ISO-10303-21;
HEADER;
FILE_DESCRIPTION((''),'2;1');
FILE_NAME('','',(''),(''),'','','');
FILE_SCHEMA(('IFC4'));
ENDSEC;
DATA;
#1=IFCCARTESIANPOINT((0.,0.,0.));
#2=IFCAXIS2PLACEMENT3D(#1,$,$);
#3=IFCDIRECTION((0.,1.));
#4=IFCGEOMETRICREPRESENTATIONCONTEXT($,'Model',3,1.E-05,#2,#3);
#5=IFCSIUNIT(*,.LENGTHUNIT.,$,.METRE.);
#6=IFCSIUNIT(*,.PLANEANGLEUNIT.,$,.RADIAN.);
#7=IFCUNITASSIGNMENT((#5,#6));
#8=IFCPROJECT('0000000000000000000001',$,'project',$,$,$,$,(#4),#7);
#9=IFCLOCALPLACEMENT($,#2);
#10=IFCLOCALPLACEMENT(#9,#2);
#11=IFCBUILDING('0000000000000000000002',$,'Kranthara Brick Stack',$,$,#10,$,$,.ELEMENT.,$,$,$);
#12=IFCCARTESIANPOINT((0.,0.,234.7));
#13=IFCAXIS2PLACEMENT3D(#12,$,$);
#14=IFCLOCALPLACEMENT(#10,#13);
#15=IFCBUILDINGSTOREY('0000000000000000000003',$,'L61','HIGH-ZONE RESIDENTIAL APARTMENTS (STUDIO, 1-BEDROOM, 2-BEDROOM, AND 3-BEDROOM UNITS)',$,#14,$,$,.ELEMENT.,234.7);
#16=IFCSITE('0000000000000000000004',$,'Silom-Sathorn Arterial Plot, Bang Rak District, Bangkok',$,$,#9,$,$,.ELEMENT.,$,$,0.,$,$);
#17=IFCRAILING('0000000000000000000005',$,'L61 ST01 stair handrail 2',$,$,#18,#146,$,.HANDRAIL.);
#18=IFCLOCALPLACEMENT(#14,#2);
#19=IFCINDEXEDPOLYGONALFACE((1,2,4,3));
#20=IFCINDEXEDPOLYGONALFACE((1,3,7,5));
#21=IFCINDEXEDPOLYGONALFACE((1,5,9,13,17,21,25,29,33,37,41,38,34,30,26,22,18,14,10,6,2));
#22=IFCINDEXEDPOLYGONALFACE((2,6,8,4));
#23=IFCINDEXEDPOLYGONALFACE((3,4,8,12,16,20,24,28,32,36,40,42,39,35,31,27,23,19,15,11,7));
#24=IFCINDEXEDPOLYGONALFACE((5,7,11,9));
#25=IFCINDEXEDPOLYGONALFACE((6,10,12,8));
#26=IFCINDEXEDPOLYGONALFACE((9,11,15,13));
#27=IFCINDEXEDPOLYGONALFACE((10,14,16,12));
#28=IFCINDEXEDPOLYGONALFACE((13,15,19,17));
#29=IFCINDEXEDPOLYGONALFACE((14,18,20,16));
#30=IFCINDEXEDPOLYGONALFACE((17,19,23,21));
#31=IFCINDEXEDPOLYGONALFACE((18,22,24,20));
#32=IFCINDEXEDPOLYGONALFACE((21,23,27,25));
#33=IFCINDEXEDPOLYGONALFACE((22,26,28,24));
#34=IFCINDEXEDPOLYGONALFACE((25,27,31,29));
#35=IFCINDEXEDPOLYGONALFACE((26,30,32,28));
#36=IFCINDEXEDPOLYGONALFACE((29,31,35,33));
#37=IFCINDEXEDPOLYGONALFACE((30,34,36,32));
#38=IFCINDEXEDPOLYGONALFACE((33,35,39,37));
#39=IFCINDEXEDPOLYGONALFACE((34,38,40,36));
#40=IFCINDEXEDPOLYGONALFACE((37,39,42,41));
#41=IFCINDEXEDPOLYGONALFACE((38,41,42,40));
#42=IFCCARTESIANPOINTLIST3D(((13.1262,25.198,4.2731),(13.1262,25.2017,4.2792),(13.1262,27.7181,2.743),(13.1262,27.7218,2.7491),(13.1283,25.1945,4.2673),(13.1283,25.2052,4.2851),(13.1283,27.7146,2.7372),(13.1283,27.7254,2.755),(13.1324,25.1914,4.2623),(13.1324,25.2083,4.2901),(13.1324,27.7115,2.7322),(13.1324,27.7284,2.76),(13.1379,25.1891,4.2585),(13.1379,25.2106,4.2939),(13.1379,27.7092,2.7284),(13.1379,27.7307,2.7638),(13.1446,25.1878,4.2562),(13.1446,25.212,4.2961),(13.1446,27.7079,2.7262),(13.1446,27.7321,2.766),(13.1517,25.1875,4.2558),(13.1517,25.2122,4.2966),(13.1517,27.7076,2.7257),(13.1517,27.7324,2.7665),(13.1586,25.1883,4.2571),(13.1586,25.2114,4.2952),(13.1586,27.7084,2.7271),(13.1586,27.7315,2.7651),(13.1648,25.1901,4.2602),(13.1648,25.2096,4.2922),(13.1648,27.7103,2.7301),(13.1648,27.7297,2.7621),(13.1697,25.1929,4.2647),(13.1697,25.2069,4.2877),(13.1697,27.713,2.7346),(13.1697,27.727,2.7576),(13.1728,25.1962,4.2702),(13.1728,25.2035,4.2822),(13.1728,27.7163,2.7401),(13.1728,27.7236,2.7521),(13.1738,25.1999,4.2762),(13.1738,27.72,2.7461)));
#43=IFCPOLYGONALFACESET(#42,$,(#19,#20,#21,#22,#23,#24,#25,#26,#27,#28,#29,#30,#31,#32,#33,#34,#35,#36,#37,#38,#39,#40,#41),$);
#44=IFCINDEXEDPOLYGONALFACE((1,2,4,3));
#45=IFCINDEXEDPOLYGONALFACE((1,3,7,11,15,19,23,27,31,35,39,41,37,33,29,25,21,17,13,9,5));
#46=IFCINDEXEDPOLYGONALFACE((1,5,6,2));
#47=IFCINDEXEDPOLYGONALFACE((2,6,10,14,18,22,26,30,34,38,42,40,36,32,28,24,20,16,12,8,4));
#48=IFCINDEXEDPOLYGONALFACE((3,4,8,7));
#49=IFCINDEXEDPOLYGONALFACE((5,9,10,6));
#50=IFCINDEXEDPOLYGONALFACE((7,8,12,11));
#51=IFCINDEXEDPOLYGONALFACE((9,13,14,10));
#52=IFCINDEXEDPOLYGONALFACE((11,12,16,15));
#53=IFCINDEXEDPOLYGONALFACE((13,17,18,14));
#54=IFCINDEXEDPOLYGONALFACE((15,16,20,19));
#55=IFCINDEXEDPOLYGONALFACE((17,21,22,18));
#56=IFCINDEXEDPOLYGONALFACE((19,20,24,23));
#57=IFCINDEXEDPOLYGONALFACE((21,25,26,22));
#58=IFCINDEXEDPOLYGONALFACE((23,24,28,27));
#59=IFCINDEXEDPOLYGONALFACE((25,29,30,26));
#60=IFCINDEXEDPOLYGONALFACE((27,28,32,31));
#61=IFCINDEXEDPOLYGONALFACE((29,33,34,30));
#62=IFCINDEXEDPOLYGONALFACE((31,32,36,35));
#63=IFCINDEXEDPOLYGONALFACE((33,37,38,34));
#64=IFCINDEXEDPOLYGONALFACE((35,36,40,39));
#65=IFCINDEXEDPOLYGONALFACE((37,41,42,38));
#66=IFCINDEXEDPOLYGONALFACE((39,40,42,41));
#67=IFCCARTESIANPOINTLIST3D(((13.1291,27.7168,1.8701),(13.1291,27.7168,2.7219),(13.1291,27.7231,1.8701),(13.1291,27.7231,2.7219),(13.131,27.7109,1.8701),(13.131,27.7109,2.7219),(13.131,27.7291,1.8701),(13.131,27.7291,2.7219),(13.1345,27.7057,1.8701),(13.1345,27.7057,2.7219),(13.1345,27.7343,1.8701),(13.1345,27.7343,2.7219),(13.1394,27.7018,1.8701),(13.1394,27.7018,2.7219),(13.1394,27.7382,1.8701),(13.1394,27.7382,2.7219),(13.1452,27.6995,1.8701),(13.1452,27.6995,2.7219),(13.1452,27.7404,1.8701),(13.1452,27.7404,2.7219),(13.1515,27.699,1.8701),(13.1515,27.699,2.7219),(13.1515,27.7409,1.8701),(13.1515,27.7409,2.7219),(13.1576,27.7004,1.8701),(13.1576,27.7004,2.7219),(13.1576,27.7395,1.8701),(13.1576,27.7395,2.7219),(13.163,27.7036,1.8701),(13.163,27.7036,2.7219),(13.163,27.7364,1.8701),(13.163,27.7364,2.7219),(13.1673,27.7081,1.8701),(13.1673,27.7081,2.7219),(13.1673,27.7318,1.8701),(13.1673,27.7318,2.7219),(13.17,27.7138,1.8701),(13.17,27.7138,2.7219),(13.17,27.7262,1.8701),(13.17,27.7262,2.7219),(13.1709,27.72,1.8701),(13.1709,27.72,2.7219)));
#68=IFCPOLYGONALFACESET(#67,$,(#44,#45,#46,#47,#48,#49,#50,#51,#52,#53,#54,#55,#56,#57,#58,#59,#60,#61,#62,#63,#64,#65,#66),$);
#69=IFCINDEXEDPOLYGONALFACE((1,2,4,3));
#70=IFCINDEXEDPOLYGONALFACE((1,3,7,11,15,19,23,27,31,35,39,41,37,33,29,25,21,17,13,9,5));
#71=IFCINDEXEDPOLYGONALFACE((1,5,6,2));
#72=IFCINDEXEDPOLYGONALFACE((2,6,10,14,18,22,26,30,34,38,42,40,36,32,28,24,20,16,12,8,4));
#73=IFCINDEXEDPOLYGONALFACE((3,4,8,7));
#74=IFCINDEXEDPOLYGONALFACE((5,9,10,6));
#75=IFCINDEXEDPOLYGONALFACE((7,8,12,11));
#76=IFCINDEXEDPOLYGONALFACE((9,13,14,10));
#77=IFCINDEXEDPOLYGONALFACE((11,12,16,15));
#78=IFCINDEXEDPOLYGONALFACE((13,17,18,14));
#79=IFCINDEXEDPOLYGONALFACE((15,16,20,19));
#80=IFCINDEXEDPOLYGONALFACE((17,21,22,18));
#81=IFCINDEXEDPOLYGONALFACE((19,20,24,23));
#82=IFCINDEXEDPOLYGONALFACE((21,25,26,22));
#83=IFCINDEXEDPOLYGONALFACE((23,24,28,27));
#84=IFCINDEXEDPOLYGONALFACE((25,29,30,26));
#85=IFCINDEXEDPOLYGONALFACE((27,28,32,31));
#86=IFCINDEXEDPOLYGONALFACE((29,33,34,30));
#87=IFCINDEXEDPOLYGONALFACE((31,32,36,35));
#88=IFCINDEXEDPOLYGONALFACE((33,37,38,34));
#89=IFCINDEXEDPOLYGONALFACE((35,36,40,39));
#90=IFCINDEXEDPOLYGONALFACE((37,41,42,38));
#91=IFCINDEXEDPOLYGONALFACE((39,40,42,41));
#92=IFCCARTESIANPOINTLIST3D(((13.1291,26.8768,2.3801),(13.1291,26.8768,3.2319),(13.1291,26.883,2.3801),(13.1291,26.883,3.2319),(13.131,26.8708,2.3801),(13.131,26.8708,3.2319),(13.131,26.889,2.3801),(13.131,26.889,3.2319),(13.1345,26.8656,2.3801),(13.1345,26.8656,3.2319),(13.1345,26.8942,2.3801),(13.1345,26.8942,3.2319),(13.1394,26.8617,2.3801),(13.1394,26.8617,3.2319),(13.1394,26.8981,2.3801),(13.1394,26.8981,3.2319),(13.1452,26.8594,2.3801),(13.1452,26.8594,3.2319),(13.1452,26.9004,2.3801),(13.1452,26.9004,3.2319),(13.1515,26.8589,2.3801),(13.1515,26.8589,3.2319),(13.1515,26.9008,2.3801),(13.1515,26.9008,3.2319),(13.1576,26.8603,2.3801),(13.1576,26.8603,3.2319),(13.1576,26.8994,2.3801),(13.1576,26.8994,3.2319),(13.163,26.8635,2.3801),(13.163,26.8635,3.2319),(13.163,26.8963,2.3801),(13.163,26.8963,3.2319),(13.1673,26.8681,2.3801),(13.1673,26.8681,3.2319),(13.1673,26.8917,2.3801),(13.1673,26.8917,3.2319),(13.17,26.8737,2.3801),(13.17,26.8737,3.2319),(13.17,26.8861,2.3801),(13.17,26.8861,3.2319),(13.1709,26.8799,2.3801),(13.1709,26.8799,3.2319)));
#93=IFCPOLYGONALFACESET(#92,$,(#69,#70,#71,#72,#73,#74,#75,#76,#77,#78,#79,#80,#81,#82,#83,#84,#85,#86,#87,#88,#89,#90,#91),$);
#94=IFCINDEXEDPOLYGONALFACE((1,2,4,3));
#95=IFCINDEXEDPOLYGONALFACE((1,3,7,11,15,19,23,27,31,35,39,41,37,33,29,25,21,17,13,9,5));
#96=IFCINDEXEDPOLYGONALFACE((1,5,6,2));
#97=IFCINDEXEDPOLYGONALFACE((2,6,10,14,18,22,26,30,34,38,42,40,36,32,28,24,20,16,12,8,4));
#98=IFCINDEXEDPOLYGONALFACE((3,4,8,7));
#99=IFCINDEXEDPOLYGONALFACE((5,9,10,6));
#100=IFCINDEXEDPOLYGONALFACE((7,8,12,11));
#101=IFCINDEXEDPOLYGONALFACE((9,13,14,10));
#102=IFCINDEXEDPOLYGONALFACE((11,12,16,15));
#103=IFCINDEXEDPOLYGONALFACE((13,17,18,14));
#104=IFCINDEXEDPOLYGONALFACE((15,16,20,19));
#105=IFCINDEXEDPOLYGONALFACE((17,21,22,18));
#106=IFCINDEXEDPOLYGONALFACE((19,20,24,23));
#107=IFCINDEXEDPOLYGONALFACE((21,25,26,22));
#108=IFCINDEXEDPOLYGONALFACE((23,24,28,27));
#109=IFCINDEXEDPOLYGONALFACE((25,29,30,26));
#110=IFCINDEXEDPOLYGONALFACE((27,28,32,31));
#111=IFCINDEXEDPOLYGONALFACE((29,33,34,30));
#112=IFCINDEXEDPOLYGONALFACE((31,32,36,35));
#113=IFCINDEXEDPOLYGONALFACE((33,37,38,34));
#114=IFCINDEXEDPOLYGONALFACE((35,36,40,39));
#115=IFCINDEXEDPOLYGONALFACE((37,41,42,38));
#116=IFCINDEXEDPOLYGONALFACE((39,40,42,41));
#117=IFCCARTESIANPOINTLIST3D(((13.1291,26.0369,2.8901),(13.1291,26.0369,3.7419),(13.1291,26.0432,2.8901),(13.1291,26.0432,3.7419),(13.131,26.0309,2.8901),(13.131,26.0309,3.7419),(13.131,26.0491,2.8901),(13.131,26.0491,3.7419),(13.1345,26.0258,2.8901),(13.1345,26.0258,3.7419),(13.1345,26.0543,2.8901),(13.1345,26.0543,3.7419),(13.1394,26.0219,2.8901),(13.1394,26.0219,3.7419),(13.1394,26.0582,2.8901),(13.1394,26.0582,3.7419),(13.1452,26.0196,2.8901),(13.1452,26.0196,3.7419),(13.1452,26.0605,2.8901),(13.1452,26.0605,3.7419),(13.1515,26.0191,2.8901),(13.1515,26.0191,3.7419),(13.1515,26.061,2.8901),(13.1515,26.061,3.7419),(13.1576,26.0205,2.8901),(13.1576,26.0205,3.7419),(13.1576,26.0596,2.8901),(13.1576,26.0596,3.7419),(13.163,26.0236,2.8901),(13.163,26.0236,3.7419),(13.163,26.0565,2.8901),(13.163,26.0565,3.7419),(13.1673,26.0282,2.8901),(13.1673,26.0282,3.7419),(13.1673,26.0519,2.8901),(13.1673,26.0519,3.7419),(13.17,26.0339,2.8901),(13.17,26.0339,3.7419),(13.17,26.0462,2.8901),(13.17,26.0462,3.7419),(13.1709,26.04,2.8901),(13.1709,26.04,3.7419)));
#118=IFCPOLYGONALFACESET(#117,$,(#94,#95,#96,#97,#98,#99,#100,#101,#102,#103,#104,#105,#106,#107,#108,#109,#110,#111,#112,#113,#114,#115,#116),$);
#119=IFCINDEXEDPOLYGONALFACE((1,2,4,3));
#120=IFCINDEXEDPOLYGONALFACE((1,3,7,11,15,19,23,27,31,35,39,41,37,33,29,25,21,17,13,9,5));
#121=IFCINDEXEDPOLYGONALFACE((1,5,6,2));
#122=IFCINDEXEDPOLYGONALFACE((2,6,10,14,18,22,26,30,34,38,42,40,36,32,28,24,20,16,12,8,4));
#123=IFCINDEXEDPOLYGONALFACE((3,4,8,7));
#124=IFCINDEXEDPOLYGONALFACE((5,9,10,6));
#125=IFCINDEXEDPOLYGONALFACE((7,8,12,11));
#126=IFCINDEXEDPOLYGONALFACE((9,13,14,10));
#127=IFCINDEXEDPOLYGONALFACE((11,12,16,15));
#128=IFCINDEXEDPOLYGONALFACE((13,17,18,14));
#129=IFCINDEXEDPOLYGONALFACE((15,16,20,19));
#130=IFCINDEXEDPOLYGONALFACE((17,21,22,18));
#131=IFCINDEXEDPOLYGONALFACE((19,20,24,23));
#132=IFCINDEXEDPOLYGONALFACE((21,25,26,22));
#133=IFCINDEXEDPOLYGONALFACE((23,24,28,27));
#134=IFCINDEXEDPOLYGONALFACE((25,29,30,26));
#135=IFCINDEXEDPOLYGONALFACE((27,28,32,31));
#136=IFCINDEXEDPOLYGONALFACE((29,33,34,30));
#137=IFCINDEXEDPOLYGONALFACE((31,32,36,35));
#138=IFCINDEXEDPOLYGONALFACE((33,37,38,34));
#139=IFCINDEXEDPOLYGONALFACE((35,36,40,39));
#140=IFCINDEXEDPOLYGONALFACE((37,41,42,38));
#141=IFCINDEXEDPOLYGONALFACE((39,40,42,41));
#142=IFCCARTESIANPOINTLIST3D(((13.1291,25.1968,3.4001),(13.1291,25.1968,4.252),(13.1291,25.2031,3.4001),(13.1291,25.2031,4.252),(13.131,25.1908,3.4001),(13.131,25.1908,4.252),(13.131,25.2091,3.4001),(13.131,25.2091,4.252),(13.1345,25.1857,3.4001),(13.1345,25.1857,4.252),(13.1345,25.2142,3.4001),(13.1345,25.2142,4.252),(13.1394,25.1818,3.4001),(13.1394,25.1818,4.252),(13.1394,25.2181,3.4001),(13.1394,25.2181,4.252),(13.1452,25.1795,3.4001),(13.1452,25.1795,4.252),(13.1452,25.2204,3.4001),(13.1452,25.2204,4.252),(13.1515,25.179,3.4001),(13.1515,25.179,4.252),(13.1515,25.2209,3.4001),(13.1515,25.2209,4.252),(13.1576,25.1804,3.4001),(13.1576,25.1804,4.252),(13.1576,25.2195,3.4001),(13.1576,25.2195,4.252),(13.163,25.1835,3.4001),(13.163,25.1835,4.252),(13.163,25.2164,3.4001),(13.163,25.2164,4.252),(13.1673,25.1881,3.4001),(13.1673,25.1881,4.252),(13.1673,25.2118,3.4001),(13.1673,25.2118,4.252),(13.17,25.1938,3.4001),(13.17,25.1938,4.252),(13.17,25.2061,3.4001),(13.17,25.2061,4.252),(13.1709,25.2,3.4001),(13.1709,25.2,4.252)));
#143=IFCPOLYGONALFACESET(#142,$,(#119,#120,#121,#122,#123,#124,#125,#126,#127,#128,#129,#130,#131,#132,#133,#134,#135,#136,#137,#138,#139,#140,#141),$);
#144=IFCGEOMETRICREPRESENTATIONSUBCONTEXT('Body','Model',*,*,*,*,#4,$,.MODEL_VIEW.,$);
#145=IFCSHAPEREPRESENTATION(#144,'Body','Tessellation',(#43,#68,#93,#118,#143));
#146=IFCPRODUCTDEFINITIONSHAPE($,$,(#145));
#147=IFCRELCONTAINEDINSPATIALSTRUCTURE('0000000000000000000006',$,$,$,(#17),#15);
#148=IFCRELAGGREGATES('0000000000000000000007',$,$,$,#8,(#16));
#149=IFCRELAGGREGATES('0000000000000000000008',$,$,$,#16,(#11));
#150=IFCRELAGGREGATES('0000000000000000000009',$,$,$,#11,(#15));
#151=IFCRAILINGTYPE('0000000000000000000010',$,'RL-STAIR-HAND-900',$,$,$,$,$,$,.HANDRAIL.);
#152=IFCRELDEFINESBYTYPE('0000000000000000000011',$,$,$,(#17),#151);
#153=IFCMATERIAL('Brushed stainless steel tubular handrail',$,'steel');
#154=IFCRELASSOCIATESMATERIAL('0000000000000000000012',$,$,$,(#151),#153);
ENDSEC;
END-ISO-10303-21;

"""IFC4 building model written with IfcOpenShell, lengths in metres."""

from ifc_helpers import new_model, si_unit, direction, frame, origin, origin_2d, place, context, subcontext, project, spatial, circle, extrude, material, type_object, element, save


model = new_model("IFC4")

# Units and contexts
model_context = context("Model", 3, precision=1e-05, world=origin(), true_north=direction((0.0, 1.0)))
body_context = subcontext(model_context, "Body", "Model", "MODEL_VIEW")
ifc_project = project(units=[si_unit("LENGTHUNIT", "METRE"), si_unit("PLANEANGLEUNIT", "RADIAN")], contexts=[model_context])

# Site, building, storey
site_placement = place(None, origin())
site = spatial("IfcSite", under=ifc_project, at=site_placement, Name="Silom-Sathorn Arterial Plot, Bang Rak District, Bangkok", CompositionType="ELEMENT", RefElevation=0.0)
building_placement = place(site_placement, origin())
building = spatial("IfcBuilding", under=site, at=building_placement, Name="Kranthara Brick Stack", CompositionType="ELEMENT")
storey_placement = place(building_placement, frame((0.0, 0.0, 234.7)))
storey = spatial("IfcBuildingStorey", under=building, at=storey_placement, Name="L61", Description="HIGH-ZONE RESIDENTIAL APARTMENTS (STUDIO, 1-BEDROOM, 2-BEDROOM, AND 3-BEDROOM UNITS)", CompositionType="ELEMENT", Elevation=234.7)

# Railing
ifc_material_1 = material(Name="Brushed stainless steel tubular handrail", Category="steel")
railing_type_1 = type_object("IfcRailingType", Name="RL-STAIR-HAND-900", PredefinedType="HANDRAIL", material=ifc_material_1)
railing_1_placement = place(storey_placement, frame((13.1499, 27.72, 1.8701)))
element("IfcRailing", 1, at=railing_1_placement, inside=storey, type_object=railing_type_1, Name="L61 ST01 stair handrail 2", PredefinedType="HANDRAIL", context=body_context, shape_type="SweptSolid", body=[
    extrude(circle(Radius=0.0239, at=origin_2d()), frame((0.0, 0.0, 0.876), z_axis=(0.0, -0.854785, 0.518982), x_axis=(1.0, 0.0, 0.0)), (0.0, 0.0, 1.0), 2.9482),
    extrude(circle(Radius=0.021, at=origin_2d()), origin(), (0.0, 0.0, 1.0), 0.8518),
    extrude(circle(Radius=0.021, at=origin_2d()), frame((0.0, -0.8401, 0.51)), (0.0, 0.0, 1.0), 0.8518),
    extrude(circle(Radius=0.021, at=origin_2d()), frame((0.0, -1.6799, 1.02)), (0.0, 0.0, 1.0), 0.8518),
    extrude(circle(Radius=0.021, at=origin_2d()), frame((0.0, -2.52, 1.53)), (0.0, 0.0, 1.0), 0.8518),
])

save(model, "model.ifc")
